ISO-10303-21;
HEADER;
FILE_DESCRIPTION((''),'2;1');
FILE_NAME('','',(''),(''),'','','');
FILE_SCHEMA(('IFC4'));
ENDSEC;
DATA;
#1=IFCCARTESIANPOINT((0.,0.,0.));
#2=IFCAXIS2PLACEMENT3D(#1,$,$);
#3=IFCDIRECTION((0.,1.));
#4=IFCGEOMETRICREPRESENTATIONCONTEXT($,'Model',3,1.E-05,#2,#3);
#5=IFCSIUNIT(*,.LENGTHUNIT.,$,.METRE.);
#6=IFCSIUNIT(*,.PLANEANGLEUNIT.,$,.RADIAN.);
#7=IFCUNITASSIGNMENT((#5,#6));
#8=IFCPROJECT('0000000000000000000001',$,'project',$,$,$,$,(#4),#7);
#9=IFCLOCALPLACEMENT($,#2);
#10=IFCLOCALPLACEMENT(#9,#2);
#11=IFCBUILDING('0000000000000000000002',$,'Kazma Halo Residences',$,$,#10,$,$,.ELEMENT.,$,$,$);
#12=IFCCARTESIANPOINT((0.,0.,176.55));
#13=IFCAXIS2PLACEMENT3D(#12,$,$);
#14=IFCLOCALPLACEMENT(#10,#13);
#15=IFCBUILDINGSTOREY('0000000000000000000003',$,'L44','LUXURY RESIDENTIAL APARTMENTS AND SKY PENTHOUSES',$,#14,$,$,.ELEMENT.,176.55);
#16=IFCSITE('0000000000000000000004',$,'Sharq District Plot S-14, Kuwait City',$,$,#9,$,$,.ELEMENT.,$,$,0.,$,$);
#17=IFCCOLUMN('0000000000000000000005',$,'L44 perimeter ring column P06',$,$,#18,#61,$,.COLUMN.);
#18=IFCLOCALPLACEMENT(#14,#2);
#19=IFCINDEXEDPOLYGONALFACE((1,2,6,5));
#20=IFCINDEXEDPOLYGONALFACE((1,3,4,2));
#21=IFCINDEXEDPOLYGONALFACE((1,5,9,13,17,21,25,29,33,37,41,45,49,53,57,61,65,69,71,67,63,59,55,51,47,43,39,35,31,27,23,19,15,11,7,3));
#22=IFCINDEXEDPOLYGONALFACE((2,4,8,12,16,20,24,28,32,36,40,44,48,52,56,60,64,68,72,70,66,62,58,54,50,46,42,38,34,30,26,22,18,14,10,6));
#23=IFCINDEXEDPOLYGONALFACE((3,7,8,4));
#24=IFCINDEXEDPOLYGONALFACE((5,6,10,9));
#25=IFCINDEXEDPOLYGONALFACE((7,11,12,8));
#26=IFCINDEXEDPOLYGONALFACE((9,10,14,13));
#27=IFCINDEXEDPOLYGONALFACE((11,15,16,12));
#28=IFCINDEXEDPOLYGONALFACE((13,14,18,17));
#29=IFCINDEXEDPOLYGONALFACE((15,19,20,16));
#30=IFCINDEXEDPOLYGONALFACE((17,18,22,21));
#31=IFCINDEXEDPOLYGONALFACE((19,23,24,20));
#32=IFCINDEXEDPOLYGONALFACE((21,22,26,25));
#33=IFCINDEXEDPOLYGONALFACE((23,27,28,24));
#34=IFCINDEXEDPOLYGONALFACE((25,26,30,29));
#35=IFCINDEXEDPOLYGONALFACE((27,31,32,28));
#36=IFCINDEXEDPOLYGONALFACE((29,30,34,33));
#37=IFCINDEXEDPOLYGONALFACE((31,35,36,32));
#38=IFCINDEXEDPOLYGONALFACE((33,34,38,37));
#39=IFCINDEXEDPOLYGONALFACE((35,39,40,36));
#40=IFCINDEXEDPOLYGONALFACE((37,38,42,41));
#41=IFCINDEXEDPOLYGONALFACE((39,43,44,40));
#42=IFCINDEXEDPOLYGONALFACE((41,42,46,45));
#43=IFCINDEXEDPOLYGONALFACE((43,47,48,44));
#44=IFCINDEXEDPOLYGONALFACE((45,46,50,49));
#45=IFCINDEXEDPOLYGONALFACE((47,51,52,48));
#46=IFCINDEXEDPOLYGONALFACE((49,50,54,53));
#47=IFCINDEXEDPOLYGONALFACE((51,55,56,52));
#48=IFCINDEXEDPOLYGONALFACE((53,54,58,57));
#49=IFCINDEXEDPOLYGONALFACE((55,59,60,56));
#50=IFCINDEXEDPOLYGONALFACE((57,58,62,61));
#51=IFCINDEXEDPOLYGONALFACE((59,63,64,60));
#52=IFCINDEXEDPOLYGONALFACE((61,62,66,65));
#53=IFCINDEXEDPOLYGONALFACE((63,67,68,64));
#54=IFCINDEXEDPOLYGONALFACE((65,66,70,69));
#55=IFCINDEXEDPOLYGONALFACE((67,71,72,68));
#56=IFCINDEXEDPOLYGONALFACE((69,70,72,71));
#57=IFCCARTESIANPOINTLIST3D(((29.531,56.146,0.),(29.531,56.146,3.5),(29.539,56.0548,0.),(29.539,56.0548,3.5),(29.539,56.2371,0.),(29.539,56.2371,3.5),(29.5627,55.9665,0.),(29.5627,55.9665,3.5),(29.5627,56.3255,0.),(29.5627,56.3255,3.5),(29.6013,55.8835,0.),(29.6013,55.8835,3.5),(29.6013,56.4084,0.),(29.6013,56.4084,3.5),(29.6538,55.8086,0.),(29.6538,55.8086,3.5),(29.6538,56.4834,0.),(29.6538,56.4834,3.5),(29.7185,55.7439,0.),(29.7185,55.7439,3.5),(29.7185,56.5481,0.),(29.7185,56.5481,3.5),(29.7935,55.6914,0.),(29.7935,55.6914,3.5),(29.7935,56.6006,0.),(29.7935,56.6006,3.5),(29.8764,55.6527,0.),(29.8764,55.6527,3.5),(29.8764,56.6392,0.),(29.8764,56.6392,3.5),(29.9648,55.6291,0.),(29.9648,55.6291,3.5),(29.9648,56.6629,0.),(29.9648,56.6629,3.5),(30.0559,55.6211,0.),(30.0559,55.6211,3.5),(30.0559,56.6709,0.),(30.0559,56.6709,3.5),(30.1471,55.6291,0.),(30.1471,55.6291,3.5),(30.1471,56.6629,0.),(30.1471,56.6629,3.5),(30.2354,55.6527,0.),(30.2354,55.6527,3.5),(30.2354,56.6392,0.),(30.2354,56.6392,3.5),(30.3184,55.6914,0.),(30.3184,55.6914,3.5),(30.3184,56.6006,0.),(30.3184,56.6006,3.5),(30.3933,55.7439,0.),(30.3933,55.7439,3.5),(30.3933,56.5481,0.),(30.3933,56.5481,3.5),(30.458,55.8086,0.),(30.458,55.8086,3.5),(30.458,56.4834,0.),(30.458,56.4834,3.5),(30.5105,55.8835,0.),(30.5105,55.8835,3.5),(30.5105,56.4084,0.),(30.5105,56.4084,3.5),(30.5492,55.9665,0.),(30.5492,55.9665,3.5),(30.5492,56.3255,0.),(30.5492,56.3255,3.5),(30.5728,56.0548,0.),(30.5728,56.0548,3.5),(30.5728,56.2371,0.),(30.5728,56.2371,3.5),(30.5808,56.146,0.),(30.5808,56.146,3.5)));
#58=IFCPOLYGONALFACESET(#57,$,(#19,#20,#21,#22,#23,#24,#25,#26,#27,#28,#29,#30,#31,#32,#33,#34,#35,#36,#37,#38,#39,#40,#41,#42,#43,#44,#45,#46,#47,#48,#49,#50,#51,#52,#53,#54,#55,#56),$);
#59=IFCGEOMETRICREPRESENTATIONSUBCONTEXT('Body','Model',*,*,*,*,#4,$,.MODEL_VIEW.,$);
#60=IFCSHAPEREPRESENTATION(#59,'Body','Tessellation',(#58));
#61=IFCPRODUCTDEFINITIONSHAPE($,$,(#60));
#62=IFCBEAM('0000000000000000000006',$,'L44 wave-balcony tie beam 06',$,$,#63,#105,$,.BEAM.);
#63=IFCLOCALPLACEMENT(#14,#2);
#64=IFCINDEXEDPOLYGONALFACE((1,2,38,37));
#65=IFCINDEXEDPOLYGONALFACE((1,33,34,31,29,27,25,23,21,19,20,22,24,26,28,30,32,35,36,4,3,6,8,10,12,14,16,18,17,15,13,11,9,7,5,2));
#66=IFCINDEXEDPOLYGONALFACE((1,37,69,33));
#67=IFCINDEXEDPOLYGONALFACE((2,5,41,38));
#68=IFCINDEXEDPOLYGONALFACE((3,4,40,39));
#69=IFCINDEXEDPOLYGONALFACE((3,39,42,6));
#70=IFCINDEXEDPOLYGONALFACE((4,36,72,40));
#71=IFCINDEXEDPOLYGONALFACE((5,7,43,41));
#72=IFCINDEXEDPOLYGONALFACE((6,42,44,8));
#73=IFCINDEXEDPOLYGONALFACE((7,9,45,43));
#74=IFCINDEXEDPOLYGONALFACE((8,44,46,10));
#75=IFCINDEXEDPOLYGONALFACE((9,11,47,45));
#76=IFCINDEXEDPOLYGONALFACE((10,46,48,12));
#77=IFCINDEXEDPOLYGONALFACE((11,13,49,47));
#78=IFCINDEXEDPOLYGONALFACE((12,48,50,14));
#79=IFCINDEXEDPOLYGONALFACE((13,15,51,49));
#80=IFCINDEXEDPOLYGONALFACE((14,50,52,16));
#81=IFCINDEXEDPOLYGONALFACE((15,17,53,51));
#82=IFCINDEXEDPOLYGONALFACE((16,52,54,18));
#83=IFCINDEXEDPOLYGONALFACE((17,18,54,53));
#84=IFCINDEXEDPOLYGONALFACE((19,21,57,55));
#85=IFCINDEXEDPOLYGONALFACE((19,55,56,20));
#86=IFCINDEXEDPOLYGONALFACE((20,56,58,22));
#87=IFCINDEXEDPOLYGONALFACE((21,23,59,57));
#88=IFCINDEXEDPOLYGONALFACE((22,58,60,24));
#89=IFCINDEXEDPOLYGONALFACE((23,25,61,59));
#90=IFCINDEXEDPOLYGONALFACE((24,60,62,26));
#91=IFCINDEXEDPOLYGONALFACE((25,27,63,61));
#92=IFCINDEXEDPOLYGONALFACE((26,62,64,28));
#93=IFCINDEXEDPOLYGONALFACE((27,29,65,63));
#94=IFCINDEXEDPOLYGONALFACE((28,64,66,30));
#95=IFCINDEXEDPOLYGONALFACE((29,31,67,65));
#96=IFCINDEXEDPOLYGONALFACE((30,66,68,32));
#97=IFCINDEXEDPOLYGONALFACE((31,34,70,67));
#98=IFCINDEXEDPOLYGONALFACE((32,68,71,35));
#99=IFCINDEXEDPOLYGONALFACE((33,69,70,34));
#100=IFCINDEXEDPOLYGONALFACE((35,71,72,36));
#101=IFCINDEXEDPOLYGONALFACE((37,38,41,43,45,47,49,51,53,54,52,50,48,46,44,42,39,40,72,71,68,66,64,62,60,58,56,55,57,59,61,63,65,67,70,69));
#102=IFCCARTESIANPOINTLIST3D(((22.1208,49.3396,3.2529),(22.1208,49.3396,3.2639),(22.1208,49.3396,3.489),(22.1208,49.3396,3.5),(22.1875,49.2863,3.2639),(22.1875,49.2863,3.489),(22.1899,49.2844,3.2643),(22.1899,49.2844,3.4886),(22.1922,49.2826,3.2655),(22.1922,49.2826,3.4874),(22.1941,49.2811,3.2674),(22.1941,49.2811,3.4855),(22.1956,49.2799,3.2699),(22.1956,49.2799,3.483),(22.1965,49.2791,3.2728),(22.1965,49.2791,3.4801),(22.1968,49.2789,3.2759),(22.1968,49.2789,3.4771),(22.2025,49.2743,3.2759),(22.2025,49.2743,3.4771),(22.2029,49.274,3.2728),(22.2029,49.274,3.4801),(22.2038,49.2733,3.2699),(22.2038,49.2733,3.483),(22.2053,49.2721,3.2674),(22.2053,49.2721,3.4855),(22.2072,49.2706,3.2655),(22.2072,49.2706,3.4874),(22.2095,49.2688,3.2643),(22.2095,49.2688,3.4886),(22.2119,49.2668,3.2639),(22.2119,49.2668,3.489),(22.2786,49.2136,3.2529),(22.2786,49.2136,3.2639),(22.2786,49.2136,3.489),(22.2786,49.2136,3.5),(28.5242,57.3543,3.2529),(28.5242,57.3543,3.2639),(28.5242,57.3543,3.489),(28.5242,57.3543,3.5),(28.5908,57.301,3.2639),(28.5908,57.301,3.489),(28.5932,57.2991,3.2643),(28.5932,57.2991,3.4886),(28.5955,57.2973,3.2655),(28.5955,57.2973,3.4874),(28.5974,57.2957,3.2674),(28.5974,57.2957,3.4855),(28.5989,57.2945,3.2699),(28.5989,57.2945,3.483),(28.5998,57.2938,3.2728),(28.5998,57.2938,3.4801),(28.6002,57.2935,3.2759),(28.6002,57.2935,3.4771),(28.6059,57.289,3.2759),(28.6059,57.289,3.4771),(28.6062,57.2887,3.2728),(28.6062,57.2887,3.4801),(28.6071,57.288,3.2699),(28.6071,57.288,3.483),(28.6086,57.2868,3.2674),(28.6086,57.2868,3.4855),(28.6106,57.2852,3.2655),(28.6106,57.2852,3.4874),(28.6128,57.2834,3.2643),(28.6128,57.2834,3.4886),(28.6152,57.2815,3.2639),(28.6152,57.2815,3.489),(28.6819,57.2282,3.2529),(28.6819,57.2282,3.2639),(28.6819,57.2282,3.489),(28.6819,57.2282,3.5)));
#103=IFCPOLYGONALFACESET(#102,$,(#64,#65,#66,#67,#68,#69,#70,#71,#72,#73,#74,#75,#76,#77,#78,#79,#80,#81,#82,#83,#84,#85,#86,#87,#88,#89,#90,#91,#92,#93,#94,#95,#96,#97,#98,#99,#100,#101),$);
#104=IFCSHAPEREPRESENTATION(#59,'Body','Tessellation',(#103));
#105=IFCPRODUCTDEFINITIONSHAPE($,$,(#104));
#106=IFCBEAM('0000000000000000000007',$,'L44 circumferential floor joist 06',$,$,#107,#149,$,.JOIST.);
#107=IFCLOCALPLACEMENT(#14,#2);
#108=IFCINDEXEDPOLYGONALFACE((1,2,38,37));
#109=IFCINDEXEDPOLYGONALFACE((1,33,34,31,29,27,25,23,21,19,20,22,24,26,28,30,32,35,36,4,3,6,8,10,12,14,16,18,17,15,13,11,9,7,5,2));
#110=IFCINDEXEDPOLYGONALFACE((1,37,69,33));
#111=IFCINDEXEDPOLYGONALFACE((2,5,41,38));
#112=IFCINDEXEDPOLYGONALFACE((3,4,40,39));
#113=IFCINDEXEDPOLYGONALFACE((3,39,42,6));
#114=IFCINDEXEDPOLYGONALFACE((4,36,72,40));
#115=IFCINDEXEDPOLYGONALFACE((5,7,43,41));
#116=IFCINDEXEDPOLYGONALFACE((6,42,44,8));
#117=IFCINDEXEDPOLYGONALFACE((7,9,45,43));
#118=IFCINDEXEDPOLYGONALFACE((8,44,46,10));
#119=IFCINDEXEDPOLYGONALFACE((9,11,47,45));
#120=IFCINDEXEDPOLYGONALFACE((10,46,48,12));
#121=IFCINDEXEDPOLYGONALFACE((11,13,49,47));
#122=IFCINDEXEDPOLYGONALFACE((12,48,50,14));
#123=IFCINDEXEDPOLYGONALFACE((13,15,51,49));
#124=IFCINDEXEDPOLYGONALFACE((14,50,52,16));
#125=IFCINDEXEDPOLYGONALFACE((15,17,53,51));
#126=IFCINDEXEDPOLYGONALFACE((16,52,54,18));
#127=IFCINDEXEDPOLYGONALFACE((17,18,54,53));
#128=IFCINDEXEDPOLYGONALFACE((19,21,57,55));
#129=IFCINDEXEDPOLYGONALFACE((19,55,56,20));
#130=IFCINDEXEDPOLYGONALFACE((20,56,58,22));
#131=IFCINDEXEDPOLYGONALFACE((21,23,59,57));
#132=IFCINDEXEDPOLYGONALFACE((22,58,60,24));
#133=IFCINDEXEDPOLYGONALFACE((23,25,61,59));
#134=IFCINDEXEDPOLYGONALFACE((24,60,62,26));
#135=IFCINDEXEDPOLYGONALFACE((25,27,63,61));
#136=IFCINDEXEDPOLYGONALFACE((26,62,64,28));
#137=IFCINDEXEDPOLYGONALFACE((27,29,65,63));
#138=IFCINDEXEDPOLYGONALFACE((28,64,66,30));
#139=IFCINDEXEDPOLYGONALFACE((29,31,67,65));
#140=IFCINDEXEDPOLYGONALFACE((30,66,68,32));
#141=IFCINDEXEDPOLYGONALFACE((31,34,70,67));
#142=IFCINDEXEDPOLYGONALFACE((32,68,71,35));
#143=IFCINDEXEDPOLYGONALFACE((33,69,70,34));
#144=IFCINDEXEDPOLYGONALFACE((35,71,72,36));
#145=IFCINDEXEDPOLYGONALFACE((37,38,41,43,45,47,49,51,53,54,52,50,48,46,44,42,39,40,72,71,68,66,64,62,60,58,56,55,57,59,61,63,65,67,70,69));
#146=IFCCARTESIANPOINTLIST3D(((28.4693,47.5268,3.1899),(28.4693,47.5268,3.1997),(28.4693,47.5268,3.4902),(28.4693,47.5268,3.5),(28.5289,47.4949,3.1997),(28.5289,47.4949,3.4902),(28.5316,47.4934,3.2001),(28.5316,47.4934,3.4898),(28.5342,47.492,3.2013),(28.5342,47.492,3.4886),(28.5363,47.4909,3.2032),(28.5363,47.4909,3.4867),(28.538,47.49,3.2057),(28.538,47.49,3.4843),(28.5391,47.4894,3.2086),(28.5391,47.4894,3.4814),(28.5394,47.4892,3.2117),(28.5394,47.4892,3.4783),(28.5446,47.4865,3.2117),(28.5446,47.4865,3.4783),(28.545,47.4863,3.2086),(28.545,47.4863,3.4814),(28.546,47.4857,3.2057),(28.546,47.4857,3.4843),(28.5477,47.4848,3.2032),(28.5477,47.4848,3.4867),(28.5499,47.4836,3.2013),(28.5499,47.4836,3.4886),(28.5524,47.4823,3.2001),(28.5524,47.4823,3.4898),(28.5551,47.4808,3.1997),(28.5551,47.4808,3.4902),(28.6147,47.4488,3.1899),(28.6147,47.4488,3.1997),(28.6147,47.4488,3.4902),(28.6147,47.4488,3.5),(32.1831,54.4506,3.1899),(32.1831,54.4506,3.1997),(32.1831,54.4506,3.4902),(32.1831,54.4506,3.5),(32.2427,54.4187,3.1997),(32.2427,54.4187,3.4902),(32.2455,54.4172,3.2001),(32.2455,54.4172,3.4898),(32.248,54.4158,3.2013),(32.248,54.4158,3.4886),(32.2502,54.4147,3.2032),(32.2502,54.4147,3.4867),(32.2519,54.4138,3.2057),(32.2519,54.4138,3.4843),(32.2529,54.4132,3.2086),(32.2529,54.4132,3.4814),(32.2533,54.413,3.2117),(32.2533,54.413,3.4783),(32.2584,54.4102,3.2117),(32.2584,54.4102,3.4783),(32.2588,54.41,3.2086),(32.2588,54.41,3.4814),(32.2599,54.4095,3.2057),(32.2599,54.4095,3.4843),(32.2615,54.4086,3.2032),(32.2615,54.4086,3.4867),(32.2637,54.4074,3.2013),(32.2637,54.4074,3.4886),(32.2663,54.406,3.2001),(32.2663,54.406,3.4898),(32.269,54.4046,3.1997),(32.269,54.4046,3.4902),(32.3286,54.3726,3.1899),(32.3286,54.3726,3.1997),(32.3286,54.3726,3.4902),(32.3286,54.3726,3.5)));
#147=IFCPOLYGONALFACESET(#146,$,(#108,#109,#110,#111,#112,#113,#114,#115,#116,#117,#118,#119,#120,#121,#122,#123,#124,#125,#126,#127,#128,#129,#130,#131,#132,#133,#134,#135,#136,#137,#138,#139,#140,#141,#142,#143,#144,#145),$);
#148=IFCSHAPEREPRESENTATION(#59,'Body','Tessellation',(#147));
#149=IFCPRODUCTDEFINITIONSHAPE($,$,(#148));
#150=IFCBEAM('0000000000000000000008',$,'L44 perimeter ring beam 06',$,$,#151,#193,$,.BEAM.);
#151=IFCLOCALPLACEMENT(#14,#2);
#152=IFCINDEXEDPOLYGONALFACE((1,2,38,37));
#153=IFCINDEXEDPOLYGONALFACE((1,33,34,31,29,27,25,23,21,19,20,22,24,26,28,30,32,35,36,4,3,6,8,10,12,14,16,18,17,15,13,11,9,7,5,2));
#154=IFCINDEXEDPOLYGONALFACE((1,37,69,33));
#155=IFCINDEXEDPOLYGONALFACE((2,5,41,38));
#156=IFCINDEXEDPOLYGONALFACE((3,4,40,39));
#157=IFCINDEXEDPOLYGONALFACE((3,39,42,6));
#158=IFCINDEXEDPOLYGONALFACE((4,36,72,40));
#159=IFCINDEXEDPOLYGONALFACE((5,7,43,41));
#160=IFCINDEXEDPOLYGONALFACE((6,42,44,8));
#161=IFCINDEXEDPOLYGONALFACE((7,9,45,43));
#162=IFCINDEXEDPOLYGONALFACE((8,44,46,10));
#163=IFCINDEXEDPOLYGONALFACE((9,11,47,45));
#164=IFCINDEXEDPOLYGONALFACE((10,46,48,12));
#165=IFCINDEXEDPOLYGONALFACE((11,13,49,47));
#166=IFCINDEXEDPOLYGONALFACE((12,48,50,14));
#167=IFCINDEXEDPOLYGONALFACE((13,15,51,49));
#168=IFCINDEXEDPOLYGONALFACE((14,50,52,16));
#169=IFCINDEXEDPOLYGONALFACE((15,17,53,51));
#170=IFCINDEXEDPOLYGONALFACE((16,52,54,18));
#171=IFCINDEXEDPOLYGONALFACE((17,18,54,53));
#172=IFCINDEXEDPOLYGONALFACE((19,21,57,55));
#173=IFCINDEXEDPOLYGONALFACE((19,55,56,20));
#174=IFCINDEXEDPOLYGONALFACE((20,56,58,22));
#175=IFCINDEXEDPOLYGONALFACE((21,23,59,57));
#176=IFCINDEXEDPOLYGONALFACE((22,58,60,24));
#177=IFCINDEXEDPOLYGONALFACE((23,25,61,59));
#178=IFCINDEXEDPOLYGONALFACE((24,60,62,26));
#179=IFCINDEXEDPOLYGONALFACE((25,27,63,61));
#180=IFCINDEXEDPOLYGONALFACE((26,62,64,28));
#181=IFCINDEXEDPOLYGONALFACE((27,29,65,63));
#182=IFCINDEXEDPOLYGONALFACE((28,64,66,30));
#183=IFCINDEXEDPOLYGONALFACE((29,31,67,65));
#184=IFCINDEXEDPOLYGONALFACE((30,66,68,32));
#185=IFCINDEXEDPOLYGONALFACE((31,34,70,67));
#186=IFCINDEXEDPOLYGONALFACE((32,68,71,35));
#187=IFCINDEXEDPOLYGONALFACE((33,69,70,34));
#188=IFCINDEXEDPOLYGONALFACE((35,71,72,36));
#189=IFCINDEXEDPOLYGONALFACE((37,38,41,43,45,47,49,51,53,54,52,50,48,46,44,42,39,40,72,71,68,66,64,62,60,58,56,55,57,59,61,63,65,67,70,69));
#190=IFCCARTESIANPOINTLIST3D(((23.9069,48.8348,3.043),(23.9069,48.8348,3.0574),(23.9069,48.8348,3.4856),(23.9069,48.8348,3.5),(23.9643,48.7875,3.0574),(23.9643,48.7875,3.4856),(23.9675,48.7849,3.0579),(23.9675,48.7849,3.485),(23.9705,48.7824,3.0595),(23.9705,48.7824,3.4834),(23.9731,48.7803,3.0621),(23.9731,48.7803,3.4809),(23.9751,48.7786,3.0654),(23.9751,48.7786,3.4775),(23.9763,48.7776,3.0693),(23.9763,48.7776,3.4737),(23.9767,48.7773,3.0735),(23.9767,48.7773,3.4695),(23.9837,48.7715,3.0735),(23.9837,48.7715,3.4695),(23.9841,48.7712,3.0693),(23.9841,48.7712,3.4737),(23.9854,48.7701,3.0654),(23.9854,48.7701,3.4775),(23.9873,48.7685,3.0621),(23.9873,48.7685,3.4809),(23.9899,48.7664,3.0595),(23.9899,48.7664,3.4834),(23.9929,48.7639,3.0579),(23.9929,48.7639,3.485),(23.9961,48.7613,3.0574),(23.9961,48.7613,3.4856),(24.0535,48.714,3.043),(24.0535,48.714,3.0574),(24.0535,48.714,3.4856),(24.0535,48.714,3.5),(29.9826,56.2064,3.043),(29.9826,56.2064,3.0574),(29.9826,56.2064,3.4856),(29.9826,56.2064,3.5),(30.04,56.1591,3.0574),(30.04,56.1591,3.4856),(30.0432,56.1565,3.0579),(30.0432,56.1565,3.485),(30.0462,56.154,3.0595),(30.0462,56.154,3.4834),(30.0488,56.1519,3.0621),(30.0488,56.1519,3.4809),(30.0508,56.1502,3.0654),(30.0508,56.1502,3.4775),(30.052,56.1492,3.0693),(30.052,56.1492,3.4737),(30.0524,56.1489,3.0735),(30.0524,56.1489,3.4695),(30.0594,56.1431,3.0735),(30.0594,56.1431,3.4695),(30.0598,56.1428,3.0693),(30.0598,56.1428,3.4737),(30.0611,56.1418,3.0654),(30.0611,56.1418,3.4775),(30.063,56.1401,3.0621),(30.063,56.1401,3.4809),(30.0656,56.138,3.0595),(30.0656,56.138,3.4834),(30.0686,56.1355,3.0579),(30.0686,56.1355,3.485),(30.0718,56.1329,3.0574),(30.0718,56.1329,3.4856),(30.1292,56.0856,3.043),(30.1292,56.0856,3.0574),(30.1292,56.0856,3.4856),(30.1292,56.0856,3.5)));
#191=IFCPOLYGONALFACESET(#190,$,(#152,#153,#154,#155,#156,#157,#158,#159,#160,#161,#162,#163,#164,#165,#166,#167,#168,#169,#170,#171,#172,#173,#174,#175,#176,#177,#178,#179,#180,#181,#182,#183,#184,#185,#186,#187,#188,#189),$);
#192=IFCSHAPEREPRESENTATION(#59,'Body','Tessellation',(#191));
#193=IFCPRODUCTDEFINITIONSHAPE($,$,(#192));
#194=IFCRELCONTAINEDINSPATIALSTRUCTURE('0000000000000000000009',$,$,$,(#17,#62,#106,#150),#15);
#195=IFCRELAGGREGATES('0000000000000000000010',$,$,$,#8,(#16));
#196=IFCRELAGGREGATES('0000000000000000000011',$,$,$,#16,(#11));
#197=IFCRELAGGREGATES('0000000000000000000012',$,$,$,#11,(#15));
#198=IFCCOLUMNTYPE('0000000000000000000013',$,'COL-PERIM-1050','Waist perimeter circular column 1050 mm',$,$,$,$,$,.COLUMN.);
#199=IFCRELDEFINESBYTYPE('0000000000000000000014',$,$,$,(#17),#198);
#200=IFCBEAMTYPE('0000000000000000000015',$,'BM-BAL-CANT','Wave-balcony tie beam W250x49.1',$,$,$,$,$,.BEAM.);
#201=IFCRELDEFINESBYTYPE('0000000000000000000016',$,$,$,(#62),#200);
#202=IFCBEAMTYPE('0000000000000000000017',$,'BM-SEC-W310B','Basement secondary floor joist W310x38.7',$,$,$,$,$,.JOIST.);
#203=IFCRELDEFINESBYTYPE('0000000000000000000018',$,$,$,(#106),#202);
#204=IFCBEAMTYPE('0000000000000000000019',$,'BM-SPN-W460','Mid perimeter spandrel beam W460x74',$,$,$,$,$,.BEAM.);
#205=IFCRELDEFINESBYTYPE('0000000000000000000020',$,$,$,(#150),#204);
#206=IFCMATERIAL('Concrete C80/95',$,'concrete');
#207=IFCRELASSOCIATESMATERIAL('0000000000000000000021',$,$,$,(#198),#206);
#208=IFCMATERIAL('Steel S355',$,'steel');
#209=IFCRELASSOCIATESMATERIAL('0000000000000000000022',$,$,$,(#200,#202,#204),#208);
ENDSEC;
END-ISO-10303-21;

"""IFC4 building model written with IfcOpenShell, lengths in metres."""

from ifc_helpers import new_model, si_unit, direction, frame, origin, origin_2d, place, context, subcontext, project, spatial, circle, i_section, extrude, material, material_profile, profile_set, type_object, element, save


model = new_model("IFC4")

# Units and contexts
model_context = context("Model", 3, precision=1e-05, world=origin(), true_north=direction((0.0, 1.0)))
body_context = subcontext(model_context, "Body", "Model", "MODEL_VIEW")
ifc_project = project(units=[si_unit("LENGTHUNIT", "METRE"), si_unit("PLANEANGLEUNIT", "RADIAN")], contexts=[model_context])

# Site, building, storey
site_placement = place(None, origin())
site = spatial("IfcSite", under=ifc_project, at=site_placement, Name="Sharq District Plot S-14, Kuwait City", CompositionType="ELEMENT", RefElevation=0.0)
building_placement = place(site_placement, origin())
building = spatial("IfcBuilding", under=site, at=building_placement, Name="Kazma Halo Residences", CompositionType="ELEMENT")
storey_placement = place(building_placement, frame((0.0, 0.0, 176.55)))
storey = spatial("IfcBuildingStorey", under=building, at=storey_placement, Name="L44", Description="LUXURY RESIDENTIAL APARTMENTS AND SKY PENTHOUSES", CompositionType="ELEMENT", Elevation=176.55)

# Column
ifc_material_1 = material(Name="Concrete C80/95", Category="concrete")
ifc_material_profile_1 = material_profile(ifc_material_1, circle(Radius=0.5249, at=origin_2d()), Name="CIRC1050")
ifc_profile_set_1 = profile_set([ifc_material_profile_1], Name="Concrete C80/95")
column_type = type_object("IfcColumnType", Name="COL-PERIM-1050", Description="Waist perimeter circular column 1050 mm", PredefinedType="COLUMN", material=ifc_profile_set_1)
column_placement = place(storey_placement, frame((30.0559, 56.146, 0.0), z_axis=(0.0, 0.0, 1.0), x_axis=(1.0, 0.0, 0.0)))
element("IfcColumn", 1, at=column_placement, inside=storey, type_object=column_type, Name="L44 perimeter ring column P06", PredefinedType="COLUMN", context=body_context, shape_type="SweptSolid", body=[
    extrude(circle(Radius=0.5249, at=origin_2d()), origin(), (0.0, 0.0, 1.0), 3.5),
])

# Beams
ifc_material_2 = material(Name="Steel S355", Category="steel")
ifc_material_profile_2 = material_profile(ifc_material_2, i_section(OverallWidth=0.2019, OverallDepth=0.2471, WebThickness=0.0073, FlangeThickness=0.011, FilletRadius=0.012, at=origin_2d()), Name="W250x49.1")
ifc_profile_set_2 = profile_set([ifc_material_profile_2], Name="Steel S355")
beam_type_1 = type_object("IfcBeamType", Name="BM-BAL-CANT", Description="Wave-balcony tie beam W250x49.1", PredefinedType="BEAM", material=ifc_profile_set_2)
beam_1_placement = place(storey_placement, frame((28.603, 57.2913, 3.3765), z_axis=(-0.624196, -0.781268, 0.0), x_axis=(0.781268, -0.624196, 0.0)))
element("IfcBeam", 2, at=beam_1_placement, inside=storey, type_object=beam_type_1, Name="L44 wave-balcony tie beam 06", PredefinedType="BEAM", context=body_context, shape_type="SweptSolid", body=[
    extrude(i_section(OverallWidth=0.2019, OverallDepth=0.2471, WebThickness=0.0073, FlangeThickness=0.011, FilletRadius=0.012, at=origin_2d()), origin(), (0.0, 0.0, 1.0), 10.2585),
])
ifc_material_profile_3 = material_profile(ifc_material_2, i_section(OverallWidth=0.165, OverallDepth=0.3101, WebThickness=0.0059, FlangeThickness=0.0098, FilletRadius=0.012, at=origin_2d()), Name="W310x38.7")
ifc_profile_set_3 = profile_set([ifc_material_profile_3], Name="Steel S355")
beam_type_2 = type_object("IfcBeamType", Name="BM-SEC-W310B", Description="Basement secondary floor joist W310x38.7", PredefinedType="JOIST", material=ifc_profile_set_3)
beam_2_placement = place(storey_placement, frame((32.2559, 54.4116, 3.345), z_axis=(-0.472684, -0.881232, 0.0), x_axis=(0.881232, -0.472684, 0.0)))
element("IfcBeam", 3, at=beam_2_placement, inside=storey, type_object=beam_type_2, Name="L44 circumferential floor joist 06", PredefinedType="JOIST", context=body_context, shape_type="SweptSolid", body=[
    extrude(i_section(OverallWidth=0.165, OverallDepth=0.3101, WebThickness=0.0059, FlangeThickness=0.0098, FilletRadius=0.012, at=origin_2d()), origin(), (0.0, 0.0, 1.0), 7.8569),
])
ifc_material_profile_4 = material_profile(ifc_material_2, i_section(OverallWidth=0.1899, OverallDepth=0.457, WebThickness=0.009, FlangeThickness=0.0144, FilletRadius=0.0161, at=origin_2d()), Name="W460x74")
ifc_profile_set_4 = profile_set([ifc_material_profile_4], Name="Steel S355")
beam_type_3 = type_object("IfcBeamType", Name="BM-SPN-W460", Description="Mid perimeter spandrel beam W460x74", PredefinedType="BEAM", material=ifc_profile_set_4)
beam_3_placement = place(storey_placement, frame((30.0559, 56.146, 3.2715), z_axis=(-0.636017, -0.771675, 0.0), x_axis=(0.771675, -0.636017, 0.0)))
element("IfcBeam", 4, at=beam_3_placement, inside=storey, type_object=beam_type_3, Name="L44 perimeter ring beam 06", PredefinedType="BEAM", context=body_context, shape_type="SweptSolid", body=[
    extrude(i_section(OverallWidth=0.1899, OverallDepth=0.457, WebThickness=0.009, FlangeThickness=0.0144, FilletRadius=0.0161, at=origin_2d()), origin(), (0.0, 0.0, 1.0), 9.5527),
])

save(model, "model.ifc")
